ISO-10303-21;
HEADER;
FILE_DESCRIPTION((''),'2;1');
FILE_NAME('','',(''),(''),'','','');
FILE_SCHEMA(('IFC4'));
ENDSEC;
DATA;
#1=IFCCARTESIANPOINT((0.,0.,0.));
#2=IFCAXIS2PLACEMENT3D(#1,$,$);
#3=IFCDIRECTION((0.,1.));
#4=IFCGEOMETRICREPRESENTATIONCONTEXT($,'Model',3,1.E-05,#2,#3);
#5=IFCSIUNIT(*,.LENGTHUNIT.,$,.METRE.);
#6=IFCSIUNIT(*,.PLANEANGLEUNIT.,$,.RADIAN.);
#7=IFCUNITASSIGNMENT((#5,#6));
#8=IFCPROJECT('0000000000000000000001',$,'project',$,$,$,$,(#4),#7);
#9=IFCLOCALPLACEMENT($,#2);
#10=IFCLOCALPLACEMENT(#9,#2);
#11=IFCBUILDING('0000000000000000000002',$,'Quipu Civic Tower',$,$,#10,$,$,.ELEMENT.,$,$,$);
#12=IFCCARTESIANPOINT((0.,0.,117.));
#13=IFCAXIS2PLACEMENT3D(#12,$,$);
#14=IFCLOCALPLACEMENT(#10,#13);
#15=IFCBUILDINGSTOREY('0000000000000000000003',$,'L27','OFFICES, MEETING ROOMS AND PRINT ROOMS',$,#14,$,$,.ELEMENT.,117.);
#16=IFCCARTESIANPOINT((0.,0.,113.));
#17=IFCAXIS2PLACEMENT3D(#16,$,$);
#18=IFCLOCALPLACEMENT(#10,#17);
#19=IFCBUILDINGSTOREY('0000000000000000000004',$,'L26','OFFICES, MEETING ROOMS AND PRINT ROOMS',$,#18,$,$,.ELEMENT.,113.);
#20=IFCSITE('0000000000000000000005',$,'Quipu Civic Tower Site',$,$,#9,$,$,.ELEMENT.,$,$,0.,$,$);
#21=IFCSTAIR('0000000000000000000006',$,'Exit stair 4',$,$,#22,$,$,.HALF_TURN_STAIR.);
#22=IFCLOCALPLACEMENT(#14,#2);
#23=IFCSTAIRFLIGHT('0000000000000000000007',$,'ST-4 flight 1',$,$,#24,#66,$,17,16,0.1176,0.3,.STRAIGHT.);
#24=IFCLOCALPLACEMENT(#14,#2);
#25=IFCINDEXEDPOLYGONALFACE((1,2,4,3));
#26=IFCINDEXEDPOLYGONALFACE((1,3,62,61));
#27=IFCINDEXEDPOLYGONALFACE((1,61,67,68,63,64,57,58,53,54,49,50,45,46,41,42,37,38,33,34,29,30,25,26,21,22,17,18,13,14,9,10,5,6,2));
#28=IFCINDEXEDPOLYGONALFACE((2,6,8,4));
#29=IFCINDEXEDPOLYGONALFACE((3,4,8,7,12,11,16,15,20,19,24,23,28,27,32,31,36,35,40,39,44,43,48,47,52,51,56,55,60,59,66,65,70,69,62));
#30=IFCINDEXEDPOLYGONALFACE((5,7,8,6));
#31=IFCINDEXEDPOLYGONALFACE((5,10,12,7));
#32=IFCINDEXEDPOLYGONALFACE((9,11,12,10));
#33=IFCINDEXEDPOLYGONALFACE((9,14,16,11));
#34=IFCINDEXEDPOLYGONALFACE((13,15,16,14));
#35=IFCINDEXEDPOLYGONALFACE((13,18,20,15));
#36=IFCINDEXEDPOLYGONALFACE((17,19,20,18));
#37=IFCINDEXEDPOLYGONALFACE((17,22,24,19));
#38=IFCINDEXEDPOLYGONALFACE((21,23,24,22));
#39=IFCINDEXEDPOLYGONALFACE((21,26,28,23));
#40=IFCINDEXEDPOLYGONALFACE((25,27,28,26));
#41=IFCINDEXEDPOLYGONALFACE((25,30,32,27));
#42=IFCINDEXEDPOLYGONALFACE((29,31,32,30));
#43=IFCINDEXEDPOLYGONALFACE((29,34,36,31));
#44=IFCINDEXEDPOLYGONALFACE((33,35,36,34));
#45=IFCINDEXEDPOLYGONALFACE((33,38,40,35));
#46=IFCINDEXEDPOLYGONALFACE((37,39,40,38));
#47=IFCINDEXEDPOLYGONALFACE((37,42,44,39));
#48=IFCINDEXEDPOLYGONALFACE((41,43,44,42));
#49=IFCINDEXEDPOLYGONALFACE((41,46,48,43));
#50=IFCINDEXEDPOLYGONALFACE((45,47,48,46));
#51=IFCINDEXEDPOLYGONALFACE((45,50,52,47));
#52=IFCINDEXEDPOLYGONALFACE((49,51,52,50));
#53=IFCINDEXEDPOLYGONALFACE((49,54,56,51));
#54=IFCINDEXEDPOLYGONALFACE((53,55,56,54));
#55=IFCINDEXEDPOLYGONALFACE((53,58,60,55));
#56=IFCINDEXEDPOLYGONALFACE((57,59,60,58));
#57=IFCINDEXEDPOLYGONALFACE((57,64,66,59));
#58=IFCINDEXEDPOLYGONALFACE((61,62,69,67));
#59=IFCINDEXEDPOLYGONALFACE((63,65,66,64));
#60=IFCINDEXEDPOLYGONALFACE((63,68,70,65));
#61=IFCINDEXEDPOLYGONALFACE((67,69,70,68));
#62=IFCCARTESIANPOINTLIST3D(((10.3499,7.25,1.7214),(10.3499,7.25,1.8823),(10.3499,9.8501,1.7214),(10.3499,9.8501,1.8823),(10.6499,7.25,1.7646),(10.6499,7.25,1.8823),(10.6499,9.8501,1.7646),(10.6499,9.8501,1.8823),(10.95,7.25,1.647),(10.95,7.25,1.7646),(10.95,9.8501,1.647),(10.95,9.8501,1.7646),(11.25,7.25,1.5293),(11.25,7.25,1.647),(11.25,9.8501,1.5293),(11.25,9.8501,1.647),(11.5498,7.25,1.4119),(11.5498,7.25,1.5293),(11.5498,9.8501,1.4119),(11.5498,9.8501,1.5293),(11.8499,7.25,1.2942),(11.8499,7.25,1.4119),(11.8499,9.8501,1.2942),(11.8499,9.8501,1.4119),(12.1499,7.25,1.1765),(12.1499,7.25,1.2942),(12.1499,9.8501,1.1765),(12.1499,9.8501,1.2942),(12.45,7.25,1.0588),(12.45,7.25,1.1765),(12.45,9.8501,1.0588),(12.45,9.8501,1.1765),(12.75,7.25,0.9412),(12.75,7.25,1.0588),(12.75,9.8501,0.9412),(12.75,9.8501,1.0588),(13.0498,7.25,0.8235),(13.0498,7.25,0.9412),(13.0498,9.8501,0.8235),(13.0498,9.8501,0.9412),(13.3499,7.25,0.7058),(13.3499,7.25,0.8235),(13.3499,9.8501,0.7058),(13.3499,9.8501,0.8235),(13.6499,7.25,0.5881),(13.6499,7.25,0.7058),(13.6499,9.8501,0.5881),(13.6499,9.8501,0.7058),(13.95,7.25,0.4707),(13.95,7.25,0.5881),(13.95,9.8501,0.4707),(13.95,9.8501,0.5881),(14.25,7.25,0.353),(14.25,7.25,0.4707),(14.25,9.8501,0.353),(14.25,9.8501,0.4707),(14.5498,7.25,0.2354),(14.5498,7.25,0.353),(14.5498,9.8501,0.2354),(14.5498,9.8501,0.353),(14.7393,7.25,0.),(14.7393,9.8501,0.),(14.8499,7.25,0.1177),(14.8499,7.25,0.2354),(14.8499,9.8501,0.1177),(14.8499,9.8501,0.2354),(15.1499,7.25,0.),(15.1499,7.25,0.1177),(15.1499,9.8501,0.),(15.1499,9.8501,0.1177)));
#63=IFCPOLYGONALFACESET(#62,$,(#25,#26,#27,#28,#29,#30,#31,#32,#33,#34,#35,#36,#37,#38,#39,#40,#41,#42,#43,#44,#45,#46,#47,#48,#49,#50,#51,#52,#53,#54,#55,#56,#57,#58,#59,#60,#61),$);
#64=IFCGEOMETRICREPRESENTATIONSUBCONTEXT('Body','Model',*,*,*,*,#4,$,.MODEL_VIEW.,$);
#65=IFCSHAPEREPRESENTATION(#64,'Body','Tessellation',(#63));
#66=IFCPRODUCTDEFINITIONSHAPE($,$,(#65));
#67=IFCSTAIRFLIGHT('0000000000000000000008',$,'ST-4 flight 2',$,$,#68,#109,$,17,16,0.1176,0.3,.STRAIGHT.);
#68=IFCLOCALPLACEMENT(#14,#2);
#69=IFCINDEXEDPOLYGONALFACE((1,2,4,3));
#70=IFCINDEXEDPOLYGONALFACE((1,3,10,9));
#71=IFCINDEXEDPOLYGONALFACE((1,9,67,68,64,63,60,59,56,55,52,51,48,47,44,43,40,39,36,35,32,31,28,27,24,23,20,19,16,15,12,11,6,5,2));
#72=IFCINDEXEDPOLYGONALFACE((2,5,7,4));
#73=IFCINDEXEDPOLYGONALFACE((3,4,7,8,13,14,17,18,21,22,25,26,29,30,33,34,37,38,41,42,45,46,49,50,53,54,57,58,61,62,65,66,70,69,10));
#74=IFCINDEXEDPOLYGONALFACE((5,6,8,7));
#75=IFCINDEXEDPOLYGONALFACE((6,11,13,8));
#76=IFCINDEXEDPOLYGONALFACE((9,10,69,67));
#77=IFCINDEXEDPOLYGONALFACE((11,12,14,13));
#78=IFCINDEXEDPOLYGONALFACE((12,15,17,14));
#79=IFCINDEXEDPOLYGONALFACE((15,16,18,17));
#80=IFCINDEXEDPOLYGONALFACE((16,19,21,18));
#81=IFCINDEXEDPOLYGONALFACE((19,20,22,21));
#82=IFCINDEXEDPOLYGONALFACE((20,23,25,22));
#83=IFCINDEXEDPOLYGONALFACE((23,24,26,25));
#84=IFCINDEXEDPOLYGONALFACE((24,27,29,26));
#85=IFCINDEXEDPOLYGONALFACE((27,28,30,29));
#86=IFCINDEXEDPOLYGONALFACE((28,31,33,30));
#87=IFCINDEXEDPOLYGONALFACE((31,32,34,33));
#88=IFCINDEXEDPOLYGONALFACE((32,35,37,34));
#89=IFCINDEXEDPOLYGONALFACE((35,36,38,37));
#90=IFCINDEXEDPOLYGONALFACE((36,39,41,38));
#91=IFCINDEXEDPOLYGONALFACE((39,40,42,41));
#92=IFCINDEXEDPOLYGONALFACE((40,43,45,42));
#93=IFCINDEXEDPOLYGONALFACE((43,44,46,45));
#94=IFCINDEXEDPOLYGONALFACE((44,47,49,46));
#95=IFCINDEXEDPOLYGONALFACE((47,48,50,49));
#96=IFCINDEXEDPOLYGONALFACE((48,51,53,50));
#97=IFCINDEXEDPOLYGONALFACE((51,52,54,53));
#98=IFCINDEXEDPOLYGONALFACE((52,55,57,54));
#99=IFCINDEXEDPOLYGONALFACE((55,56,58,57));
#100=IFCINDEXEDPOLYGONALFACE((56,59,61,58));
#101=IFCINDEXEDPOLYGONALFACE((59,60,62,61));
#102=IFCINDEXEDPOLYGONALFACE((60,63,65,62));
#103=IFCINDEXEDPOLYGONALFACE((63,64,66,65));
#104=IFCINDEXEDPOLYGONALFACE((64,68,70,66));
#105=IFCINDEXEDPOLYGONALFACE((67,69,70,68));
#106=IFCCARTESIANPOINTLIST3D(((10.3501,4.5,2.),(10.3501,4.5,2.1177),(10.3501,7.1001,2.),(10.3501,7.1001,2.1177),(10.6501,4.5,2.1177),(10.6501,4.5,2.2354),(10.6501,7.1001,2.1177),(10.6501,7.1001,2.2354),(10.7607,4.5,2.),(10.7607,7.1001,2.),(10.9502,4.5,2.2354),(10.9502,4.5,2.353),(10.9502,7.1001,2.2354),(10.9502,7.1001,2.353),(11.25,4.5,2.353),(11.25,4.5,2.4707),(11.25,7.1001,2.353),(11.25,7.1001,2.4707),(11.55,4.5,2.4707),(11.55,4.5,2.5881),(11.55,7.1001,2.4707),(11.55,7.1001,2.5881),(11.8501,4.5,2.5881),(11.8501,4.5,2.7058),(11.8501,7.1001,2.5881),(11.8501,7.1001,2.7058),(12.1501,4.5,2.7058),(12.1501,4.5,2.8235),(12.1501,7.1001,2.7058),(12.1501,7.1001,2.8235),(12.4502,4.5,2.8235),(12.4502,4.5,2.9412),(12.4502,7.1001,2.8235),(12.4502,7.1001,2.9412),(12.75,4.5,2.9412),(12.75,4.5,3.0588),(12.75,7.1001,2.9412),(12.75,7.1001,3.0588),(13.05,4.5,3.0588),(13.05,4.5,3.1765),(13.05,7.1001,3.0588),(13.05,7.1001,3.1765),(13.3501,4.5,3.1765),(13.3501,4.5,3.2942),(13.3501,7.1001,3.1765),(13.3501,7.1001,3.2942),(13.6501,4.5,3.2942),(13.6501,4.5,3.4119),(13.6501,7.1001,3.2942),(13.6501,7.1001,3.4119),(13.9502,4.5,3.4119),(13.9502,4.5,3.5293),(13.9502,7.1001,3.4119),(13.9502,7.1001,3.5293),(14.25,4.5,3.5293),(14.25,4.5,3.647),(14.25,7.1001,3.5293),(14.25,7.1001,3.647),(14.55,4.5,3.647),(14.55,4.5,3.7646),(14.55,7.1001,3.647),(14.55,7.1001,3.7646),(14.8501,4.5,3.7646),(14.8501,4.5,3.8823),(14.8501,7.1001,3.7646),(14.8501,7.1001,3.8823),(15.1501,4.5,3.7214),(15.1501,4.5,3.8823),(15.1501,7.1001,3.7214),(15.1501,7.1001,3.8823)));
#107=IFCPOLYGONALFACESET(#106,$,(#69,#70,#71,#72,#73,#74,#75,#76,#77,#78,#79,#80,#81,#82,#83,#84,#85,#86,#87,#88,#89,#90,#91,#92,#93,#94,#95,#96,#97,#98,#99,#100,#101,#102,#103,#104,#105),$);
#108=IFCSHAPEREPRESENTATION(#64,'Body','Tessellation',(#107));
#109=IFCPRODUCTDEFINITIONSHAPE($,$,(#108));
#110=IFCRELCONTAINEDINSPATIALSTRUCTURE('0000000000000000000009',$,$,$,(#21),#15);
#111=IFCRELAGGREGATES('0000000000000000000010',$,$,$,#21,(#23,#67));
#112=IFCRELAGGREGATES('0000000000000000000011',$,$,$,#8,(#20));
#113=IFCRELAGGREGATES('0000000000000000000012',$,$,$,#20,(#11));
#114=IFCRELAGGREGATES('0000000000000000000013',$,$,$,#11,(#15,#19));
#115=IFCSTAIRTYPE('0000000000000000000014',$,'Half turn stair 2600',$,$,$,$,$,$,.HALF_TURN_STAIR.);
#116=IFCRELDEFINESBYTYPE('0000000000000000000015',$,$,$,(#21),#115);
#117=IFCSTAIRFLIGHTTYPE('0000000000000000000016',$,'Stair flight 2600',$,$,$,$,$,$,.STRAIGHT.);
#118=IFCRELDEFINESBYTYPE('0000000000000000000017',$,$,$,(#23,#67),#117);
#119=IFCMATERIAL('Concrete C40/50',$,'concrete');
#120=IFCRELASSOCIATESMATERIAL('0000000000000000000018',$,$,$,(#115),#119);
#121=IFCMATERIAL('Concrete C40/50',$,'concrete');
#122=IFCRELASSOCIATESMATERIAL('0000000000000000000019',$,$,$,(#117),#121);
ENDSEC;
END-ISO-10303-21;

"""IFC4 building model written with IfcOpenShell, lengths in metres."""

from ifc_helpers import new_model, si_unit, direction, frame, origin, place, context, subcontext, project, spatial, polyline, outline, extrude, material, type_object, element, aggregate, save


model = new_model("IFC4")

# Units and contexts
model_context = context("Model", 3, precision=1e-05, world=origin(), true_north=direction((0.0, 1.0)))
body_context = subcontext(model_context, "Body", "Model", "MODEL_VIEW")
ifc_project = project(units=[si_unit("LENGTHUNIT", "METRE"), si_unit("PLANEANGLEUNIT", "RADIAN")], contexts=[model_context])

# Site, building, storey
site_placement = place(None, origin())
site = spatial("IfcSite", under=ifc_project, at=site_placement, Name="Quipu Civic Tower Site", CompositionType="ELEMENT", RefElevation=0.0)
building_placement = place(site_placement, origin())
building = spatial("IfcBuilding", under=site, at=building_placement, Name="Quipu Civic Tower", CompositionType="ELEMENT")
storey_1_placement = place(building_placement, frame((0.0, 0.0, 117.0)))
storey_1 = spatial("IfcBuildingStorey", under=building, at=storey_1_placement, Name="L27", Description="OFFICES, MEETING ROOMS AND PRINT ROOMS", CompositionType="ELEMENT", Elevation=117.0)

# Shared definitions
storey_2_placement = place(building_placement, frame((0.0, 0.0, 113.0)))
storey_2 = spatial("IfcBuildingStorey", under=building, at=storey_2_placement, Name="L26", Description="OFFICES, MEETING ROOMS AND PRINT ROOMS", CompositionType="ELEMENT", Elevation=113.0)

# Stair, stair flights
ifc_material_1 = material(Name="Concrete C40/50", Category="concrete")
stair_type = type_object("IfcStairType", Name="Half turn stair 2600", PredefinedType="HALF_TURN_STAIR", material=ifc_material_1)
stair_placement = place(storey_1_placement, origin())
stair = element("IfcStair", 1, at=stair_placement, inside=storey_1, type_object=stair_type, Name="Exit stair 4", PredefinedType="HALF_TURN_STAIR")
ifc_material_2 = material(Name="Concrete C40/50", Category="concrete")
stair_flight_type = type_object("IfcStairFlightType", Name="Stair flight 2600", PredefinedType="STRAIGHT", material=ifc_material_2)
stair_flight_1_placement = place(storey_1_placement, frame((15.1499, 8.55, 0.0), z_axis=(0.0, 0.0, 1.0), x_axis=(-1.0, 0.0, 0.0)))
stair_flight_1 = element("IfcStairFlight", 2, at=stair_flight_1_placement, type_object=stair_flight_type, Name="ST-4 flight 1", NumberOfRisers=17, NumberOfTreads=16, PredefinedType="STRAIGHT", RiserHeight=0.1176, TreadLength=0.3, context=body_context, shape_type="SweptSolid", body=[
    extrude(outline(polyline([(0.0, 0.0), (0.0, 0.1177), (0.3, 0.1177), (0.3, 0.2354), (0.6001, 0.2354), (0.6001, 0.353), (0.8999, 0.353), (0.8999, 0.4707), (1.2, 0.4707), (1.2, 0.5881), (1.5, 0.5881), (1.5, 0.7058), (1.8, 0.7058), (1.8, 0.8235), (2.1001, 0.8235), (2.1001, 0.9412), (2.3999, 0.9412), (2.3999, 1.0588), (2.7, 1.0588), (2.7, 1.1765), (3.0, 1.1765), (3.0, 1.2942), (3.3, 1.2942), (3.3, 1.4119), (3.6001, 1.4119), (3.6001, 1.5293), (3.8999, 1.5293), (3.8999, 1.647), (4.2, 1.647), (4.2, 1.7646), (4.5, 1.7646), (4.5, 1.8823), (4.8, 1.8823), (4.8, 2.0), (4.8, 1.7214), (0.4106, 0.0), (0.0, 0.0)])), frame((0.0, 1.3, 0.0), z_axis=(0.0, -1.0, 0.0), x_axis=(1.0, 0.0, 0.0)), (0.0, 0.0, 1.0), 2.6001),
])
stair_flight_2_placement = place(storey_1_placement, frame((10.3501, 5.8, 2.0), z_axis=(0.0, 0.0, 1.0), x_axis=(1.0, 0.0, 0.0)))
stair_flight_2 = element("IfcStairFlight", 3, at=stair_flight_2_placement, type_object=stair_flight_type, Name="ST-4 flight 2", NumberOfRisers=17, NumberOfTreads=16, PredefinedType="STRAIGHT", RiserHeight=0.1176, TreadLength=0.3, context=body_context, shape_type="SweptSolid", body=[
    extrude(outline(polyline([(0.0, 0.0), (0.0, 0.1177), (0.3, 0.1177), (0.3, 0.2354), (0.6001, 0.2354), (0.6001, 0.353), (0.8999, 0.353), (0.8999, 0.4707), (1.2, 0.4707), (1.2, 0.5881), (1.5, 0.5881), (1.5, 0.7058), (1.8, 0.7058), (1.8, 0.8235), (2.1001, 0.8235), (2.1001, 0.9412), (2.3999, 0.9412), (2.3999, 1.0588), (2.7, 1.0588), (2.7, 1.1765), (3.0, 1.1765), (3.0, 1.2942), (3.3, 1.2942), (3.3, 1.4119), (3.6001, 1.4119), (3.6001, 1.5293), (3.8999, 1.5293), (3.8999, 1.647), (4.2, 1.647), (4.2, 1.7646), (4.5, 1.7646), (4.5, 1.8823), (4.8, 1.8823), (4.8, 2.0), (4.8, 1.7214), (0.4106, 0.0), (0.0, 0.0)])), frame((0.0, 1.3, 0.0), z_axis=(0.0, -1.0, 0.0), x_axis=(1.0, 0.0, 0.0)), (0.0, 0.0, 1.0), 2.6001),
])
aggregate(stair, [stair_flight_1, stair_flight_2])

save(model, "model.ifc")
